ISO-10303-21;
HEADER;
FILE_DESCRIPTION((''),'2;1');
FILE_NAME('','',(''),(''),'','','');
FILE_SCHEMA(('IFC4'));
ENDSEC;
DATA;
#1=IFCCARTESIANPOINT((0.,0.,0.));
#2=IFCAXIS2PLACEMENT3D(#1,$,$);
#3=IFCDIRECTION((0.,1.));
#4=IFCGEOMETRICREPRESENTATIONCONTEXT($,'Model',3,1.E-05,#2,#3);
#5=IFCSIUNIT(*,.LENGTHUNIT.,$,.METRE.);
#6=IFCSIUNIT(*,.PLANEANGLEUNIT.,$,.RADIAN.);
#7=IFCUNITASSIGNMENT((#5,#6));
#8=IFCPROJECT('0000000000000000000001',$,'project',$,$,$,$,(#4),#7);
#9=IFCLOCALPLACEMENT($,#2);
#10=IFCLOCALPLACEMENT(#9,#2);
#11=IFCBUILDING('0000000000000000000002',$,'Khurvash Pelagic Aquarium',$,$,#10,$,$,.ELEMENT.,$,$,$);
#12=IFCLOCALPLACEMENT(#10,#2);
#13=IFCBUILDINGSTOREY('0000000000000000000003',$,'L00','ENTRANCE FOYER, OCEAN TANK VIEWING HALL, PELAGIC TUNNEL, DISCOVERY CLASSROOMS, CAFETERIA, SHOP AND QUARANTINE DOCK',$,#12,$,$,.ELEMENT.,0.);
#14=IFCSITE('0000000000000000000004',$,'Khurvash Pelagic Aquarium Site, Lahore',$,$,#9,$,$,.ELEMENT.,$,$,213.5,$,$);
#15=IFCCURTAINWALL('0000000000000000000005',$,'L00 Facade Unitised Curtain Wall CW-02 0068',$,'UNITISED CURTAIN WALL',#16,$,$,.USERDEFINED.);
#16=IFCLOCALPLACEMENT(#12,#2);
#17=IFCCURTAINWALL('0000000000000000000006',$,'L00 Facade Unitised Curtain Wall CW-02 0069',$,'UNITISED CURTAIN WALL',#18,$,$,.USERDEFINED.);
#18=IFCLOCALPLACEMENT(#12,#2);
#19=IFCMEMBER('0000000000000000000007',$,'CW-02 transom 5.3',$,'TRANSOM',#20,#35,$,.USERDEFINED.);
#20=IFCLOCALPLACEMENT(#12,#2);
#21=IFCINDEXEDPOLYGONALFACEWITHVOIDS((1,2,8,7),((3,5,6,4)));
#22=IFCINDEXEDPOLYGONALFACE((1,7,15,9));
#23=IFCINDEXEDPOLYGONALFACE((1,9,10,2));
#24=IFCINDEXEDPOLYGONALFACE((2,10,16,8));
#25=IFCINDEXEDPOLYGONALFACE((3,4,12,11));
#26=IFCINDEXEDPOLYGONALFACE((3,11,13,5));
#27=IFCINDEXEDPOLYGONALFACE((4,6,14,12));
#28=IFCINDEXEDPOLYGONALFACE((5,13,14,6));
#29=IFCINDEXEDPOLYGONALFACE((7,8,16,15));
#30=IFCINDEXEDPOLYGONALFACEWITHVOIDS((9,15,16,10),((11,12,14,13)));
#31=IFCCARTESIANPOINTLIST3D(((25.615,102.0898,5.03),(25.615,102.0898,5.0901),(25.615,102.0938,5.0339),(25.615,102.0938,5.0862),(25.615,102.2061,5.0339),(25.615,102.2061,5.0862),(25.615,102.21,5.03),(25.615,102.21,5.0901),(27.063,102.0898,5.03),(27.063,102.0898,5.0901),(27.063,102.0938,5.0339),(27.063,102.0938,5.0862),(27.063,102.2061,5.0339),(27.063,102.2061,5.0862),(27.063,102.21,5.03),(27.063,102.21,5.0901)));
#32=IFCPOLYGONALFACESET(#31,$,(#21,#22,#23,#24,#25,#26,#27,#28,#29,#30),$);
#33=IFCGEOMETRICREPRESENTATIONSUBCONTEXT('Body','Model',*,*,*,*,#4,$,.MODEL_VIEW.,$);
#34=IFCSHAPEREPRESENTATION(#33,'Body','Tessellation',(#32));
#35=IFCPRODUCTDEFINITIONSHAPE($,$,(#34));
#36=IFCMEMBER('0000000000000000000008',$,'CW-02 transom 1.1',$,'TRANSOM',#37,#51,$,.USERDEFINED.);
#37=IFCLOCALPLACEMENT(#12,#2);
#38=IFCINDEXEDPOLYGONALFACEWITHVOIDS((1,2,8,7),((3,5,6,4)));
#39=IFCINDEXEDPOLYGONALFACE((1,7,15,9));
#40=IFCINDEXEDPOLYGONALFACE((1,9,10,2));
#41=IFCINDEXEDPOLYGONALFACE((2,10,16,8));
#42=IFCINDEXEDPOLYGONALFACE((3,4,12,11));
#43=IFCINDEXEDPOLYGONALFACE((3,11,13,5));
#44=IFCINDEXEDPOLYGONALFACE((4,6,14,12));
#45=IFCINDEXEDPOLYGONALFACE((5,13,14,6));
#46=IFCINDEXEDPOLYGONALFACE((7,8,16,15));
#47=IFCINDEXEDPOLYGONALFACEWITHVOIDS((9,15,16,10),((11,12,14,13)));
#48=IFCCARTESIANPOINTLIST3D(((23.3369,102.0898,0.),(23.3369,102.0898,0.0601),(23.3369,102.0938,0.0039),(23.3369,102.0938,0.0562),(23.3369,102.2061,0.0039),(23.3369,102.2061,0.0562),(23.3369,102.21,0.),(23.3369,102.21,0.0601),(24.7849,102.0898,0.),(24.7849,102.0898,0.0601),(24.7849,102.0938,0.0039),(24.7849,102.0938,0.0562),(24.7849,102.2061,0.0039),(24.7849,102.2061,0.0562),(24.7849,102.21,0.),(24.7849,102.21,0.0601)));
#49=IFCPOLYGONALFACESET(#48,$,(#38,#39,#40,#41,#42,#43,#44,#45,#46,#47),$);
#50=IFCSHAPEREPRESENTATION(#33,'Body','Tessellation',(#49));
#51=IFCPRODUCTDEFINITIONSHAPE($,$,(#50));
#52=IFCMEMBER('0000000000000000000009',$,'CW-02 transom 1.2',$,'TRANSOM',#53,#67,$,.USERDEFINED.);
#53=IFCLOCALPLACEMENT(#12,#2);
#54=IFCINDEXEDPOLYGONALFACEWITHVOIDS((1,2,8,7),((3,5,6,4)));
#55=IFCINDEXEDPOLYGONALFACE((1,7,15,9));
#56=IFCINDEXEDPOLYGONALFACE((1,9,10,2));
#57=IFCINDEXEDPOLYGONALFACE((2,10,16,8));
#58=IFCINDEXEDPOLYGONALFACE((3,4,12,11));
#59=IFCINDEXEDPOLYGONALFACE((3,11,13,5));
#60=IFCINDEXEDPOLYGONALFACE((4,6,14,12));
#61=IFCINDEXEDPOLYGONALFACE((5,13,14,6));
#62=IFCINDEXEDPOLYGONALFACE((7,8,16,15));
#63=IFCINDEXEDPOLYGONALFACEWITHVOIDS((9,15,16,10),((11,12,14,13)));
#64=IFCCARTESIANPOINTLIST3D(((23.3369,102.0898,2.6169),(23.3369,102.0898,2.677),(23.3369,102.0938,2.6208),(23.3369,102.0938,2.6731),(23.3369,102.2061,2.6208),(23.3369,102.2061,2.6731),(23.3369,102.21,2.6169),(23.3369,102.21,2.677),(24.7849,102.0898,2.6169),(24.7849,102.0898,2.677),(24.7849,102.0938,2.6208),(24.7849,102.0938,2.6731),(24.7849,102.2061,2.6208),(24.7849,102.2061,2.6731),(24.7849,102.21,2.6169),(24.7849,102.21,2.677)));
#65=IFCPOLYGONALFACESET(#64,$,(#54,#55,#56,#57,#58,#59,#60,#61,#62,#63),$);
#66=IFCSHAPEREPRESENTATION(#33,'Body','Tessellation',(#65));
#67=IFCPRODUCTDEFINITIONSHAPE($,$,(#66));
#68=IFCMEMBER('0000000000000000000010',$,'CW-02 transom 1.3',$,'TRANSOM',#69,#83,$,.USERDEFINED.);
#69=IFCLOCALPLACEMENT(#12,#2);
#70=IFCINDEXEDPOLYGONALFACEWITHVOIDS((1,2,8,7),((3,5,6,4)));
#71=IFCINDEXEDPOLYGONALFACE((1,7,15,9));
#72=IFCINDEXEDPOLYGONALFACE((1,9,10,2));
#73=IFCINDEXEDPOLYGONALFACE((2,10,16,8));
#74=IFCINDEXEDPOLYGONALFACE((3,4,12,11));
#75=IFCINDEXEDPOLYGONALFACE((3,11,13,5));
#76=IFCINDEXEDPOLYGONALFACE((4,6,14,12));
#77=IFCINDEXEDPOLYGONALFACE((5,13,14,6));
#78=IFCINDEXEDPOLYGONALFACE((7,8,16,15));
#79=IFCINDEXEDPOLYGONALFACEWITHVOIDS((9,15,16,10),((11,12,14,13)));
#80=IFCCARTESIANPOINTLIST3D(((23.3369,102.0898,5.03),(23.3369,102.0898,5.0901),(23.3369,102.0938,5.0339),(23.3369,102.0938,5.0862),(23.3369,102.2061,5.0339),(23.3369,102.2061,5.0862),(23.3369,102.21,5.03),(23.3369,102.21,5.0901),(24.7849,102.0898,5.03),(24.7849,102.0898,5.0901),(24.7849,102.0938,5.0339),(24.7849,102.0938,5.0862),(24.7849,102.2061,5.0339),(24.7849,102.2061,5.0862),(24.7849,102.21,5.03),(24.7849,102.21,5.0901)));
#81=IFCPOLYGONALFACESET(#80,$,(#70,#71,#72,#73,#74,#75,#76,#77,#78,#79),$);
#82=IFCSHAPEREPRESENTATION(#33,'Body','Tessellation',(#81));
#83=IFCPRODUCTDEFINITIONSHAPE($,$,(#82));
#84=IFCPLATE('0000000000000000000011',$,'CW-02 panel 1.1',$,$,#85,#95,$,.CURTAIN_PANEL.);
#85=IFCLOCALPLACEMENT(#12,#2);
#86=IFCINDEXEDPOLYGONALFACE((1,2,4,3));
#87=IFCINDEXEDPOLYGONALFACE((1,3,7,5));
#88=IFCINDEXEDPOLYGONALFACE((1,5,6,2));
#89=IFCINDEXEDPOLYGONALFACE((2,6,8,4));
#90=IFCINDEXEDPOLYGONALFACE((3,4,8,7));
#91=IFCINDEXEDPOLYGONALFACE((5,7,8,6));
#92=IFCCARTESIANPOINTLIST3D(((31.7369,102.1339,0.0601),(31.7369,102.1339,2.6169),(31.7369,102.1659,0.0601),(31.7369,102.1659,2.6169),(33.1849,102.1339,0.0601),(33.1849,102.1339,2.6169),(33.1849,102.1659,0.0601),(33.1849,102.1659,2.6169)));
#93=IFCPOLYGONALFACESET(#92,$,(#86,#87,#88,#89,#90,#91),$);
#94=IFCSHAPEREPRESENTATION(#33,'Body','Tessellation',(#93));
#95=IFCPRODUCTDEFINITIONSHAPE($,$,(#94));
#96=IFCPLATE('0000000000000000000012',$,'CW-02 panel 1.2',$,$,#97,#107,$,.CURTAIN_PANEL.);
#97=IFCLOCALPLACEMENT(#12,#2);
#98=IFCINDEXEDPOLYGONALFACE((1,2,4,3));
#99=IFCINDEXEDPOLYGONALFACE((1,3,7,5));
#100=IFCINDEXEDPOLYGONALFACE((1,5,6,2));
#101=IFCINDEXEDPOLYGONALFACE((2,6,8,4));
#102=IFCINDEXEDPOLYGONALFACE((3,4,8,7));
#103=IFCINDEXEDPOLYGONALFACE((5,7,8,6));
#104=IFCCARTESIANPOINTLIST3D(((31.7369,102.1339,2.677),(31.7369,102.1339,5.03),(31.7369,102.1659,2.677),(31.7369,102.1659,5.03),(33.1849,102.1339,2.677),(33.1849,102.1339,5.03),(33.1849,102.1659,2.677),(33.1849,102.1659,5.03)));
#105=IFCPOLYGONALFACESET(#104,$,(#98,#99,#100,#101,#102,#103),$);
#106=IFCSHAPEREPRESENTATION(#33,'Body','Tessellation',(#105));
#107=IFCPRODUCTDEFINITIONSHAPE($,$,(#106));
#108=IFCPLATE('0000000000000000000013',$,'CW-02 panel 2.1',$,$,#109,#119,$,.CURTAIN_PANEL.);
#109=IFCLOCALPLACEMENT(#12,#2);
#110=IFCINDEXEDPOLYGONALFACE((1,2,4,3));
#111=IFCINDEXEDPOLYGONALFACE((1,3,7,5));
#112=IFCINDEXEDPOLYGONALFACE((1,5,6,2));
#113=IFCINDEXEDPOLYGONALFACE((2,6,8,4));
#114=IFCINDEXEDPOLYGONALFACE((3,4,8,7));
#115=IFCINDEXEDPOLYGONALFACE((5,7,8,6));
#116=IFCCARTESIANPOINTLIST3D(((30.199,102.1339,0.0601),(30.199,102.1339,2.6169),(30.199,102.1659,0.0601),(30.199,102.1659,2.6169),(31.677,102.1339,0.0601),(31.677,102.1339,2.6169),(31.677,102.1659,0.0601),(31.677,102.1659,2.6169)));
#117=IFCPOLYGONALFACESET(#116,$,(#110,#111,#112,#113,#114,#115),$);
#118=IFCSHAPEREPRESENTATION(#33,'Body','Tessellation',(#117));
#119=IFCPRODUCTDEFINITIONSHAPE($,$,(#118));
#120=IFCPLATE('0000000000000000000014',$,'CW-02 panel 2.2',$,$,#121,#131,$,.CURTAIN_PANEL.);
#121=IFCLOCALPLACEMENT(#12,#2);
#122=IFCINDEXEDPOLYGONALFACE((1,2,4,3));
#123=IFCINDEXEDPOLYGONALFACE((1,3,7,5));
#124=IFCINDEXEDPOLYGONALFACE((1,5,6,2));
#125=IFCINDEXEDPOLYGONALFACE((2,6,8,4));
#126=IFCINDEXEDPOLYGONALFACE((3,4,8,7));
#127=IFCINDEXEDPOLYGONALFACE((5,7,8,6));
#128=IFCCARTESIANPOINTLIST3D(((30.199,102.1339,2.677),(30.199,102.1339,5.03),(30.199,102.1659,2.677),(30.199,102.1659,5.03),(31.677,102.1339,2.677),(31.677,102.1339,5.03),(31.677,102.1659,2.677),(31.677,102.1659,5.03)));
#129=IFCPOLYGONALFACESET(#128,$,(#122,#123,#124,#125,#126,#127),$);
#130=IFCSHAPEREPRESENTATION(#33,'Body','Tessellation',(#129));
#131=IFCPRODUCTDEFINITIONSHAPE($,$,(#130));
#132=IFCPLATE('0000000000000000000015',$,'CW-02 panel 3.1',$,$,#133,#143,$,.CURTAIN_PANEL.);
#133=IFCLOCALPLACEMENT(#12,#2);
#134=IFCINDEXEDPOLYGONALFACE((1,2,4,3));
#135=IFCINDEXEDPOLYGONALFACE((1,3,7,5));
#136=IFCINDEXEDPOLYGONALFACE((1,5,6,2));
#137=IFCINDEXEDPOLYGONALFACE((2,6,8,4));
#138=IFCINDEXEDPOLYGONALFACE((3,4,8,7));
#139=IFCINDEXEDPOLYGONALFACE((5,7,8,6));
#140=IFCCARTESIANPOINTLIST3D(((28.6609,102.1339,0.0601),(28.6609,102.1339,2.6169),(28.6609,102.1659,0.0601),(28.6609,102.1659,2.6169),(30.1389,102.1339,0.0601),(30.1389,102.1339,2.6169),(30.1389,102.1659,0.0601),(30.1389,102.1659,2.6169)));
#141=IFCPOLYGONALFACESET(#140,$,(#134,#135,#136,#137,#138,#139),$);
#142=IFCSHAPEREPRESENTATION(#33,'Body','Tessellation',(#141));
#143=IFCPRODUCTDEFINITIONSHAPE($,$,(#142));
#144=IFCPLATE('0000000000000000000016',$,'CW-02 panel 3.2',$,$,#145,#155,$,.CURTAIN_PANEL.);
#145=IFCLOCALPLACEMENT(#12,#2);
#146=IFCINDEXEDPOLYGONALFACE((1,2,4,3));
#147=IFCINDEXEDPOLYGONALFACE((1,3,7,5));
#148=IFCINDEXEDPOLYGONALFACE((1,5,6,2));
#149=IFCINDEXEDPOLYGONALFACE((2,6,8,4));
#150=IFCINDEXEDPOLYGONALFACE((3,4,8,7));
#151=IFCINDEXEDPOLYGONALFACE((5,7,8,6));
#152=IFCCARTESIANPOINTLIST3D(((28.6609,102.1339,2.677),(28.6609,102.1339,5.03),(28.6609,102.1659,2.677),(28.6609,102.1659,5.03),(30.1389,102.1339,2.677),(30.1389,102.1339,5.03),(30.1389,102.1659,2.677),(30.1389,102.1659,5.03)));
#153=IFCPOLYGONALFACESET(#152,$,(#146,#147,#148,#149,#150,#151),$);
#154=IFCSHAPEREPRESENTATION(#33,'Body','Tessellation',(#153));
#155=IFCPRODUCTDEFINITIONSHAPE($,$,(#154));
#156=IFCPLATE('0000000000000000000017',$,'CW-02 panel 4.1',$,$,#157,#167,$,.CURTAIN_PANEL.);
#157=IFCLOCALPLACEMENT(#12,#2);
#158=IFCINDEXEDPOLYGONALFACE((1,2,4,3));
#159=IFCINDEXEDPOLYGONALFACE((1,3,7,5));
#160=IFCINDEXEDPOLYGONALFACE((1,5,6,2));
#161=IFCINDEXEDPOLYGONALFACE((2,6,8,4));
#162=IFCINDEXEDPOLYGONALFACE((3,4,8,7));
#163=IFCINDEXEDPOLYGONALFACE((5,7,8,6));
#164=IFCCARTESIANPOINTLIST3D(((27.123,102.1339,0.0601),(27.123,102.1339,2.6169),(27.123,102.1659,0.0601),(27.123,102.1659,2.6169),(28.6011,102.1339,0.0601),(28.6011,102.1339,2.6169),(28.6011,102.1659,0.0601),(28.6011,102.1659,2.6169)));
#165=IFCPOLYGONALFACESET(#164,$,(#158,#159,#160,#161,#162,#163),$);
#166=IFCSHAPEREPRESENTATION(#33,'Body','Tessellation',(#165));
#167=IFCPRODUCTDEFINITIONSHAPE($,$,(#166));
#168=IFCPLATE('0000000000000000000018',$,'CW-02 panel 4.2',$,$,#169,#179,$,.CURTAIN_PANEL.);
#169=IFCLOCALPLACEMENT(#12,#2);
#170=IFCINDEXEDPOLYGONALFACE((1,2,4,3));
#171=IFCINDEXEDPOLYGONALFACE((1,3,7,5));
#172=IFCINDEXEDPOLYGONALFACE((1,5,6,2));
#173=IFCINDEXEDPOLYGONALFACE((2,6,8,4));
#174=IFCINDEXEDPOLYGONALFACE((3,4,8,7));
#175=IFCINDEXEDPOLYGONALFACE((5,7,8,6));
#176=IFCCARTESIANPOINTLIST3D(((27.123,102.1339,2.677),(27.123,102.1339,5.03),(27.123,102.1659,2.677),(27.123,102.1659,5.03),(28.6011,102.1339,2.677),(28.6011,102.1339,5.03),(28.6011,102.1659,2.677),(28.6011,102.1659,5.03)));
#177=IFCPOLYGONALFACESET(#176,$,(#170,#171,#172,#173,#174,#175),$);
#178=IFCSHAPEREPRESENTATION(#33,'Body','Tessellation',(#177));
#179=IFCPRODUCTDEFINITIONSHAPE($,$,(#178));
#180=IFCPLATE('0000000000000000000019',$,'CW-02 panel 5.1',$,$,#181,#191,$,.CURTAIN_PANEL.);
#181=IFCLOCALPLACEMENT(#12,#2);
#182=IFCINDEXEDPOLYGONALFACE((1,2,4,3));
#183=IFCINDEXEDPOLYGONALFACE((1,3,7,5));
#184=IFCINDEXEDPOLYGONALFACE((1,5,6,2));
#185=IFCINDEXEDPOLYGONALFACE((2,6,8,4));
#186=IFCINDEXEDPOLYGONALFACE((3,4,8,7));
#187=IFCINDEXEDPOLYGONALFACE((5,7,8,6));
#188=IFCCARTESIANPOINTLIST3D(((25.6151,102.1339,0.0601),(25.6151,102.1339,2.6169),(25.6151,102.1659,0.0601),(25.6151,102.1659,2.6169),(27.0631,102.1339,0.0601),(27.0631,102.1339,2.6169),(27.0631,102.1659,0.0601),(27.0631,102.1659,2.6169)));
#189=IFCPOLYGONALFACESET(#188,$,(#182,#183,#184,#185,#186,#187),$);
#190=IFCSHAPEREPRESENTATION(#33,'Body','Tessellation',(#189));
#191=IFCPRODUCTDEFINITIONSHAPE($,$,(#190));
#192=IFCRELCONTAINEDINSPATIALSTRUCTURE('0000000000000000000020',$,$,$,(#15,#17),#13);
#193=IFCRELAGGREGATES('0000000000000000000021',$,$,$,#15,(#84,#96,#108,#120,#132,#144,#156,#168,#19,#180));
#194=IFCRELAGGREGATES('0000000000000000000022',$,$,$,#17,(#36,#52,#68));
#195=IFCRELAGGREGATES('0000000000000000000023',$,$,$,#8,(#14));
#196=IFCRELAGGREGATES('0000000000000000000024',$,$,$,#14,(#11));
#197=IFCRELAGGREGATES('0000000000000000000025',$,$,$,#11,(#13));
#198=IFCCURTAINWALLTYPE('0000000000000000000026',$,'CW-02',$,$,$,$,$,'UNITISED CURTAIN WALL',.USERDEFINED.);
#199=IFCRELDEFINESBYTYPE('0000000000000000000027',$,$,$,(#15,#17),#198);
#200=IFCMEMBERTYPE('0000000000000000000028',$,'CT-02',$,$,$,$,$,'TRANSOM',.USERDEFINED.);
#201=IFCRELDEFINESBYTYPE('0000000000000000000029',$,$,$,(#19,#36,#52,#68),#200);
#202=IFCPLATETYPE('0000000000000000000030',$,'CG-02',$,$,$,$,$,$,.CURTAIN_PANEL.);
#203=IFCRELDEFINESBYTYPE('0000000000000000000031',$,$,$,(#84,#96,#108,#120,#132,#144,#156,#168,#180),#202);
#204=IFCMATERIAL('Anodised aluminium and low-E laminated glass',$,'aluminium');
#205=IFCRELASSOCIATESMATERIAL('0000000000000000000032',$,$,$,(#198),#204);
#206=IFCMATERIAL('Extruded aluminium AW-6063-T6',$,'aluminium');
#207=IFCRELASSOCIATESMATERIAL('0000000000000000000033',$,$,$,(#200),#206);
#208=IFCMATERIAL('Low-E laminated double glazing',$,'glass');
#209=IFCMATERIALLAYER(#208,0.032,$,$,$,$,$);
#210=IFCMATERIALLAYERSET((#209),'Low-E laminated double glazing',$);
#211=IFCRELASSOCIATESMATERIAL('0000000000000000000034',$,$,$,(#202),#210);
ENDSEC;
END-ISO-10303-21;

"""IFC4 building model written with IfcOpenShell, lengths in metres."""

from ifc_helpers import new_model, si_unit, direction, frame, origin, origin_2d, place, context, subcontext, project, spatial, rectangle, hollow_rectangle, extrude, material, layer, layer_set, material_profile, profile_set, type_object, element, aggregate, save


model = new_model("IFC4")

# Units and contexts
model_context = context("Model", 3, precision=1e-05, world=origin(), true_north=direction((0.0, 1.0)))
body_context = subcontext(model_context, "Body", "Model", "MODEL_VIEW")
ifc_project = project(units=[si_unit("LENGTHUNIT", "METRE"), si_unit("PLANEANGLEUNIT", "RADIAN")], contexts=[model_context])

# Site, building, storey
site_placement = place(None, origin())
site = spatial("IfcSite", under=ifc_project, at=site_placement, Name="Khurvash Pelagic Aquarium Site, Lahore", CompositionType="ELEMENT", RefElevation=213.5)
building_placement = place(site_placement, origin())
building = spatial("IfcBuilding", under=site, at=building_placement, Name="Khurvash Pelagic Aquarium", CompositionType="ELEMENT")
storey_placement = place(building_placement, origin())
storey = spatial("IfcBuildingStorey", under=building, at=storey_placement, Name="L00", Description="ENTRANCE FOYER, OCEAN TANK VIEWING HALL, PELAGIC TUNNEL, DISCOVERY CLASSROOMS, CAFETERIA, SHOP AND QUARANTINE DOCK", CompositionType="ELEMENT", Elevation=0.0)

# Curtain wall
ifc_material_1 = material(Name="Anodised aluminium and low-E laminated glass", Category="aluminium")
curtain_wall_type = type_object("IfcCurtainWallType", Name="CW-02", ElementType="UNITISED CURTAIN WALL", PredefinedType="USERDEFINED", material=ifc_material_1)
curtain_wall_1_placement = place(storey_placement, origin())
curtain_wall_1 = element("IfcCurtainWall", 1, at=curtain_wall_1_placement, inside=storey, type_object=curtain_wall_type, Name="L00 Facade Unitised Curtain Wall CW-02 0068", ObjectType="UNITISED CURTAIN WALL", PredefinedType="USERDEFINED")
ifc_material_2 = material(Name="Extruded aluminium AW-6063-T6", Category="aluminium")

# Curtain wall
curtain_wall_2_placement = place(storey_placement, origin())
curtain_wall_2 = element("IfcCurtainWall", 2, at=curtain_wall_2_placement, inside=storey, type_object=curtain_wall_type, Name="L00 Facade Unitised Curtain Wall CW-02 0069", ObjectType="UNITISED CURTAIN WALL", PredefinedType="USERDEFINED")

# Members
ifc_material_profile_1 = material_profile(ifc_material_2, hollow_rectangle(XDim=0.1201, YDim=0.0601, WallThickness=0.0039, at=origin_2d()), Name="CWT120X60X4")
ifc_profile_set_1 = profile_set([ifc_material_profile_1], Name="Extruded aluminium AW-6063-T6")
member_type_1 = type_object("IfcMemberType", Name="CT-02", ElementType="TRANSOM", PredefinedType="USERDEFINED", material=ifc_profile_set_1)
member_1_placement = place(storey_placement, frame((27.063, 102.1499, 5.0601), z_axis=(-1.0, 0.0, 0.0), x_axis=(0.0, -1.0, 0.0)))
member_1 = element("IfcMember", 3, at=member_1_placement, type_object=member_type_1, Name="CW-02 transom 5.3", ObjectType="TRANSOM", PredefinedType="USERDEFINED", context=body_context, shape_type="SweptSolid", body=[
    extrude(hollow_rectangle(XDim=0.1201, YDim=0.0601, WallThickness=0.0039, at=origin_2d()), origin(), (0.0, 0.0, 1.0), 1.448),
])
member_2_placement = place(storey_placement, frame((24.7849, 102.1499, 0.03), z_axis=(-1.0, 0.0, 0.0), x_axis=(0.0, -1.0, 0.0)))
member_2 = element("IfcMember", 4, at=member_2_placement, type_object=member_type_1, Name="CW-02 transom 1.1", ObjectType="TRANSOM", PredefinedType="USERDEFINED", context=body_context, shape_type="SweptSolid", body=[
    extrude(hollow_rectangle(XDim=0.1201, YDim=0.0601, WallThickness=0.0039, at=origin_2d()), origin(), (0.0, 0.0, 1.0), 1.448),
])
member_3_placement = place(storey_placement, frame((24.7849, 102.1499, 2.647), z_axis=(-1.0, 0.0, 0.0), x_axis=(0.0, -1.0, 0.0)))
member_3 = element("IfcMember", 5, at=member_3_placement, type_object=member_type_1, Name="CW-02 transom 1.2", ObjectType="TRANSOM", PredefinedType="USERDEFINED", context=body_context, shape_type="SweptSolid", body=[
    extrude(hollow_rectangle(XDim=0.1201, YDim=0.0601, WallThickness=0.0039, at=origin_2d()), origin(), (0.0, 0.0, 1.0), 1.448),
])
member_4_placement = place(storey_placement, frame((24.7849, 102.1499, 5.0601), z_axis=(-1.0, 0.0, 0.0), x_axis=(0.0, -1.0, 0.0)))
member_4 = element("IfcMember", 6, at=member_4_placement, type_object=member_type_1, Name="CW-02 transom 1.3", ObjectType="TRANSOM", PredefinedType="USERDEFINED", context=body_context, shape_type="SweptSolid", body=[
    extrude(hollow_rectangle(XDim=0.1201, YDim=0.0601, WallThickness=0.0039, at=origin_2d()), origin(), (0.0, 0.0, 1.0), 1.448),
])

# Plates
ifc_material_3 = material(Name="Low-E laminated double glazing", Category="glass")
ifc_layer = layer(ifc_material_3, 0.032)
ifc_layer_set = layer_set([ifc_layer], Name="Low-E laminated double glazing")
plate_type = type_object("IfcPlateType", Name="CG-02", PredefinedType="CURTAIN_PANEL", material=ifc_layer_set)
plate_1_placement = place(storey_placement, frame((32.4609, 102.1499, 0.0601), z_axis=(0.0, 0.0, 1.0), x_axis=(-1.0, 0.0, 0.0)))
plate_1 = element("IfcPlate", 7, at=plate_1_placement, type_object=plate_type, Name="CW-02 panel 1.1", PredefinedType="CURTAIN_PANEL", context=body_context, shape_type="SweptSolid", body=[
    extrude(rectangle(XDim=1.448, YDim=0.032, at=origin_2d()), origin(), (0.0, 0.0, 1.0), 2.5569),
])
plate_2_placement = place(storey_placement, frame((32.4609, 102.1499, 2.677), z_axis=(0.0, 0.0, 1.0), x_axis=(-1.0, 0.0, 0.0)))
plate_2 = element("IfcPlate", 8, at=plate_2_placement, type_object=plate_type, Name="CW-02 panel 1.2", PredefinedType="CURTAIN_PANEL", context=body_context, shape_type="SweptSolid", body=[
    extrude(rectangle(XDim=1.448, YDim=0.032, at=origin_2d()), origin(), (0.0, 0.0, 1.0), 2.353),
])
plate_3_placement = place(storey_placement, frame((30.938, 102.1499, 0.0601), z_axis=(0.0, 0.0, 1.0), x_axis=(-1.0, 0.0, 0.0)))
plate_3 = element("IfcPlate", 9, at=plate_3_placement, type_object=plate_type, Name="CW-02 panel 2.1", PredefinedType="CURTAIN_PANEL", context=body_context, shape_type="SweptSolid", body=[
    extrude(rectangle(XDim=1.478, YDim=0.032, at=origin_2d()), origin(), (0.0, 0.0, 1.0), 2.5569),
])
plate_4_placement = place(storey_placement, frame((30.938, 102.1499, 2.677), z_axis=(0.0, 0.0, 1.0), x_axis=(-1.0, 0.0, 0.0)))
plate_4 = element("IfcPlate", 10, at=plate_4_placement, type_object=plate_type, Name="CW-02 panel 2.2", PredefinedType="CURTAIN_PANEL", context=body_context, shape_type="SweptSolid", body=[
    extrude(rectangle(XDim=1.478, YDim=0.032, at=origin_2d()), origin(), (0.0, 0.0, 1.0), 2.353),
])
plate_5_placement = place(storey_placement, frame((29.3999, 102.1499, 0.0601), z_axis=(0.0, 0.0, 1.0), x_axis=(-1.0, 0.0, 0.0)))
plate_5 = element("IfcPlate", 11, at=plate_5_placement, type_object=plate_type, Name="CW-02 panel 3.1", PredefinedType="CURTAIN_PANEL", context=body_context, shape_type="SweptSolid", body=[
    extrude(rectangle(XDim=1.478, YDim=0.032, at=origin_2d()), origin(), (0.0, 0.0, 1.0), 2.5569),
])
plate_6_placement = place(storey_placement, frame((29.3999, 102.1499, 2.677), z_axis=(0.0, 0.0, 1.0), x_axis=(-1.0, 0.0, 0.0)))
plate_6 = element("IfcPlate", 12, at=plate_6_placement, type_object=plate_type, Name="CW-02 panel 3.2", PredefinedType="CURTAIN_PANEL", context=body_context, shape_type="SweptSolid", body=[
    extrude(rectangle(XDim=1.478, YDim=0.032, at=origin_2d()), origin(), (0.0, 0.0, 1.0), 2.353),
])
plate_7_placement = place(storey_placement, frame((27.8621, 102.1499, 0.0601), z_axis=(0.0, 0.0, 1.0), x_axis=(-1.0, 0.0, 0.0)))
plate_7 = element("IfcPlate", 13, at=plate_7_placement, type_object=plate_type, Name="CW-02 panel 4.1", PredefinedType="CURTAIN_PANEL", context=body_context, shape_type="SweptSolid", body=[
    extrude(rectangle(XDim=1.478, YDim=0.032, at=origin_2d()), origin(), (0.0, 0.0, 1.0), 2.5569),
])
plate_8_placement = place(storey_placement, frame((27.8621, 102.1499, 2.677), z_axis=(0.0, 0.0, 1.0), x_axis=(-1.0, 0.0, 0.0)))
plate_8 = element("IfcPlate", 14, at=plate_8_placement, type_object=plate_type, Name="CW-02 panel 4.2", PredefinedType="CURTAIN_PANEL", context=body_context, shape_type="SweptSolid", body=[
    extrude(rectangle(XDim=1.478, YDim=0.032, at=origin_2d()), origin(), (0.0, 0.0, 1.0), 2.353),
])
plate_9_placement = place(storey_placement, frame((26.3391, 102.1499, 0.0601), z_axis=(0.0, 0.0, 1.0), x_axis=(-1.0, 0.0, 0.0)))
plate_9 = element("IfcPlate", 15, at=plate_9_placement, type_object=plate_type, Name="CW-02 panel 5.1", PredefinedType="CURTAIN_PANEL", context=body_context, shape_type="SweptSolid", body=[
    extrude(rectangle(XDim=1.448, YDim=0.032, at=origin_2d()), origin(), (0.0, 0.0, 1.0), 2.5569),
])
aggregate(curtain_wall_1, [plate_1, plate_2, plate_3, plate_4, plate_5, plate_6, plate_7, plate_8, member_1, plate_9])
aggregate(curtain_wall_2, [member_2, member_3, member_4])

save(model, "model.ifc")
